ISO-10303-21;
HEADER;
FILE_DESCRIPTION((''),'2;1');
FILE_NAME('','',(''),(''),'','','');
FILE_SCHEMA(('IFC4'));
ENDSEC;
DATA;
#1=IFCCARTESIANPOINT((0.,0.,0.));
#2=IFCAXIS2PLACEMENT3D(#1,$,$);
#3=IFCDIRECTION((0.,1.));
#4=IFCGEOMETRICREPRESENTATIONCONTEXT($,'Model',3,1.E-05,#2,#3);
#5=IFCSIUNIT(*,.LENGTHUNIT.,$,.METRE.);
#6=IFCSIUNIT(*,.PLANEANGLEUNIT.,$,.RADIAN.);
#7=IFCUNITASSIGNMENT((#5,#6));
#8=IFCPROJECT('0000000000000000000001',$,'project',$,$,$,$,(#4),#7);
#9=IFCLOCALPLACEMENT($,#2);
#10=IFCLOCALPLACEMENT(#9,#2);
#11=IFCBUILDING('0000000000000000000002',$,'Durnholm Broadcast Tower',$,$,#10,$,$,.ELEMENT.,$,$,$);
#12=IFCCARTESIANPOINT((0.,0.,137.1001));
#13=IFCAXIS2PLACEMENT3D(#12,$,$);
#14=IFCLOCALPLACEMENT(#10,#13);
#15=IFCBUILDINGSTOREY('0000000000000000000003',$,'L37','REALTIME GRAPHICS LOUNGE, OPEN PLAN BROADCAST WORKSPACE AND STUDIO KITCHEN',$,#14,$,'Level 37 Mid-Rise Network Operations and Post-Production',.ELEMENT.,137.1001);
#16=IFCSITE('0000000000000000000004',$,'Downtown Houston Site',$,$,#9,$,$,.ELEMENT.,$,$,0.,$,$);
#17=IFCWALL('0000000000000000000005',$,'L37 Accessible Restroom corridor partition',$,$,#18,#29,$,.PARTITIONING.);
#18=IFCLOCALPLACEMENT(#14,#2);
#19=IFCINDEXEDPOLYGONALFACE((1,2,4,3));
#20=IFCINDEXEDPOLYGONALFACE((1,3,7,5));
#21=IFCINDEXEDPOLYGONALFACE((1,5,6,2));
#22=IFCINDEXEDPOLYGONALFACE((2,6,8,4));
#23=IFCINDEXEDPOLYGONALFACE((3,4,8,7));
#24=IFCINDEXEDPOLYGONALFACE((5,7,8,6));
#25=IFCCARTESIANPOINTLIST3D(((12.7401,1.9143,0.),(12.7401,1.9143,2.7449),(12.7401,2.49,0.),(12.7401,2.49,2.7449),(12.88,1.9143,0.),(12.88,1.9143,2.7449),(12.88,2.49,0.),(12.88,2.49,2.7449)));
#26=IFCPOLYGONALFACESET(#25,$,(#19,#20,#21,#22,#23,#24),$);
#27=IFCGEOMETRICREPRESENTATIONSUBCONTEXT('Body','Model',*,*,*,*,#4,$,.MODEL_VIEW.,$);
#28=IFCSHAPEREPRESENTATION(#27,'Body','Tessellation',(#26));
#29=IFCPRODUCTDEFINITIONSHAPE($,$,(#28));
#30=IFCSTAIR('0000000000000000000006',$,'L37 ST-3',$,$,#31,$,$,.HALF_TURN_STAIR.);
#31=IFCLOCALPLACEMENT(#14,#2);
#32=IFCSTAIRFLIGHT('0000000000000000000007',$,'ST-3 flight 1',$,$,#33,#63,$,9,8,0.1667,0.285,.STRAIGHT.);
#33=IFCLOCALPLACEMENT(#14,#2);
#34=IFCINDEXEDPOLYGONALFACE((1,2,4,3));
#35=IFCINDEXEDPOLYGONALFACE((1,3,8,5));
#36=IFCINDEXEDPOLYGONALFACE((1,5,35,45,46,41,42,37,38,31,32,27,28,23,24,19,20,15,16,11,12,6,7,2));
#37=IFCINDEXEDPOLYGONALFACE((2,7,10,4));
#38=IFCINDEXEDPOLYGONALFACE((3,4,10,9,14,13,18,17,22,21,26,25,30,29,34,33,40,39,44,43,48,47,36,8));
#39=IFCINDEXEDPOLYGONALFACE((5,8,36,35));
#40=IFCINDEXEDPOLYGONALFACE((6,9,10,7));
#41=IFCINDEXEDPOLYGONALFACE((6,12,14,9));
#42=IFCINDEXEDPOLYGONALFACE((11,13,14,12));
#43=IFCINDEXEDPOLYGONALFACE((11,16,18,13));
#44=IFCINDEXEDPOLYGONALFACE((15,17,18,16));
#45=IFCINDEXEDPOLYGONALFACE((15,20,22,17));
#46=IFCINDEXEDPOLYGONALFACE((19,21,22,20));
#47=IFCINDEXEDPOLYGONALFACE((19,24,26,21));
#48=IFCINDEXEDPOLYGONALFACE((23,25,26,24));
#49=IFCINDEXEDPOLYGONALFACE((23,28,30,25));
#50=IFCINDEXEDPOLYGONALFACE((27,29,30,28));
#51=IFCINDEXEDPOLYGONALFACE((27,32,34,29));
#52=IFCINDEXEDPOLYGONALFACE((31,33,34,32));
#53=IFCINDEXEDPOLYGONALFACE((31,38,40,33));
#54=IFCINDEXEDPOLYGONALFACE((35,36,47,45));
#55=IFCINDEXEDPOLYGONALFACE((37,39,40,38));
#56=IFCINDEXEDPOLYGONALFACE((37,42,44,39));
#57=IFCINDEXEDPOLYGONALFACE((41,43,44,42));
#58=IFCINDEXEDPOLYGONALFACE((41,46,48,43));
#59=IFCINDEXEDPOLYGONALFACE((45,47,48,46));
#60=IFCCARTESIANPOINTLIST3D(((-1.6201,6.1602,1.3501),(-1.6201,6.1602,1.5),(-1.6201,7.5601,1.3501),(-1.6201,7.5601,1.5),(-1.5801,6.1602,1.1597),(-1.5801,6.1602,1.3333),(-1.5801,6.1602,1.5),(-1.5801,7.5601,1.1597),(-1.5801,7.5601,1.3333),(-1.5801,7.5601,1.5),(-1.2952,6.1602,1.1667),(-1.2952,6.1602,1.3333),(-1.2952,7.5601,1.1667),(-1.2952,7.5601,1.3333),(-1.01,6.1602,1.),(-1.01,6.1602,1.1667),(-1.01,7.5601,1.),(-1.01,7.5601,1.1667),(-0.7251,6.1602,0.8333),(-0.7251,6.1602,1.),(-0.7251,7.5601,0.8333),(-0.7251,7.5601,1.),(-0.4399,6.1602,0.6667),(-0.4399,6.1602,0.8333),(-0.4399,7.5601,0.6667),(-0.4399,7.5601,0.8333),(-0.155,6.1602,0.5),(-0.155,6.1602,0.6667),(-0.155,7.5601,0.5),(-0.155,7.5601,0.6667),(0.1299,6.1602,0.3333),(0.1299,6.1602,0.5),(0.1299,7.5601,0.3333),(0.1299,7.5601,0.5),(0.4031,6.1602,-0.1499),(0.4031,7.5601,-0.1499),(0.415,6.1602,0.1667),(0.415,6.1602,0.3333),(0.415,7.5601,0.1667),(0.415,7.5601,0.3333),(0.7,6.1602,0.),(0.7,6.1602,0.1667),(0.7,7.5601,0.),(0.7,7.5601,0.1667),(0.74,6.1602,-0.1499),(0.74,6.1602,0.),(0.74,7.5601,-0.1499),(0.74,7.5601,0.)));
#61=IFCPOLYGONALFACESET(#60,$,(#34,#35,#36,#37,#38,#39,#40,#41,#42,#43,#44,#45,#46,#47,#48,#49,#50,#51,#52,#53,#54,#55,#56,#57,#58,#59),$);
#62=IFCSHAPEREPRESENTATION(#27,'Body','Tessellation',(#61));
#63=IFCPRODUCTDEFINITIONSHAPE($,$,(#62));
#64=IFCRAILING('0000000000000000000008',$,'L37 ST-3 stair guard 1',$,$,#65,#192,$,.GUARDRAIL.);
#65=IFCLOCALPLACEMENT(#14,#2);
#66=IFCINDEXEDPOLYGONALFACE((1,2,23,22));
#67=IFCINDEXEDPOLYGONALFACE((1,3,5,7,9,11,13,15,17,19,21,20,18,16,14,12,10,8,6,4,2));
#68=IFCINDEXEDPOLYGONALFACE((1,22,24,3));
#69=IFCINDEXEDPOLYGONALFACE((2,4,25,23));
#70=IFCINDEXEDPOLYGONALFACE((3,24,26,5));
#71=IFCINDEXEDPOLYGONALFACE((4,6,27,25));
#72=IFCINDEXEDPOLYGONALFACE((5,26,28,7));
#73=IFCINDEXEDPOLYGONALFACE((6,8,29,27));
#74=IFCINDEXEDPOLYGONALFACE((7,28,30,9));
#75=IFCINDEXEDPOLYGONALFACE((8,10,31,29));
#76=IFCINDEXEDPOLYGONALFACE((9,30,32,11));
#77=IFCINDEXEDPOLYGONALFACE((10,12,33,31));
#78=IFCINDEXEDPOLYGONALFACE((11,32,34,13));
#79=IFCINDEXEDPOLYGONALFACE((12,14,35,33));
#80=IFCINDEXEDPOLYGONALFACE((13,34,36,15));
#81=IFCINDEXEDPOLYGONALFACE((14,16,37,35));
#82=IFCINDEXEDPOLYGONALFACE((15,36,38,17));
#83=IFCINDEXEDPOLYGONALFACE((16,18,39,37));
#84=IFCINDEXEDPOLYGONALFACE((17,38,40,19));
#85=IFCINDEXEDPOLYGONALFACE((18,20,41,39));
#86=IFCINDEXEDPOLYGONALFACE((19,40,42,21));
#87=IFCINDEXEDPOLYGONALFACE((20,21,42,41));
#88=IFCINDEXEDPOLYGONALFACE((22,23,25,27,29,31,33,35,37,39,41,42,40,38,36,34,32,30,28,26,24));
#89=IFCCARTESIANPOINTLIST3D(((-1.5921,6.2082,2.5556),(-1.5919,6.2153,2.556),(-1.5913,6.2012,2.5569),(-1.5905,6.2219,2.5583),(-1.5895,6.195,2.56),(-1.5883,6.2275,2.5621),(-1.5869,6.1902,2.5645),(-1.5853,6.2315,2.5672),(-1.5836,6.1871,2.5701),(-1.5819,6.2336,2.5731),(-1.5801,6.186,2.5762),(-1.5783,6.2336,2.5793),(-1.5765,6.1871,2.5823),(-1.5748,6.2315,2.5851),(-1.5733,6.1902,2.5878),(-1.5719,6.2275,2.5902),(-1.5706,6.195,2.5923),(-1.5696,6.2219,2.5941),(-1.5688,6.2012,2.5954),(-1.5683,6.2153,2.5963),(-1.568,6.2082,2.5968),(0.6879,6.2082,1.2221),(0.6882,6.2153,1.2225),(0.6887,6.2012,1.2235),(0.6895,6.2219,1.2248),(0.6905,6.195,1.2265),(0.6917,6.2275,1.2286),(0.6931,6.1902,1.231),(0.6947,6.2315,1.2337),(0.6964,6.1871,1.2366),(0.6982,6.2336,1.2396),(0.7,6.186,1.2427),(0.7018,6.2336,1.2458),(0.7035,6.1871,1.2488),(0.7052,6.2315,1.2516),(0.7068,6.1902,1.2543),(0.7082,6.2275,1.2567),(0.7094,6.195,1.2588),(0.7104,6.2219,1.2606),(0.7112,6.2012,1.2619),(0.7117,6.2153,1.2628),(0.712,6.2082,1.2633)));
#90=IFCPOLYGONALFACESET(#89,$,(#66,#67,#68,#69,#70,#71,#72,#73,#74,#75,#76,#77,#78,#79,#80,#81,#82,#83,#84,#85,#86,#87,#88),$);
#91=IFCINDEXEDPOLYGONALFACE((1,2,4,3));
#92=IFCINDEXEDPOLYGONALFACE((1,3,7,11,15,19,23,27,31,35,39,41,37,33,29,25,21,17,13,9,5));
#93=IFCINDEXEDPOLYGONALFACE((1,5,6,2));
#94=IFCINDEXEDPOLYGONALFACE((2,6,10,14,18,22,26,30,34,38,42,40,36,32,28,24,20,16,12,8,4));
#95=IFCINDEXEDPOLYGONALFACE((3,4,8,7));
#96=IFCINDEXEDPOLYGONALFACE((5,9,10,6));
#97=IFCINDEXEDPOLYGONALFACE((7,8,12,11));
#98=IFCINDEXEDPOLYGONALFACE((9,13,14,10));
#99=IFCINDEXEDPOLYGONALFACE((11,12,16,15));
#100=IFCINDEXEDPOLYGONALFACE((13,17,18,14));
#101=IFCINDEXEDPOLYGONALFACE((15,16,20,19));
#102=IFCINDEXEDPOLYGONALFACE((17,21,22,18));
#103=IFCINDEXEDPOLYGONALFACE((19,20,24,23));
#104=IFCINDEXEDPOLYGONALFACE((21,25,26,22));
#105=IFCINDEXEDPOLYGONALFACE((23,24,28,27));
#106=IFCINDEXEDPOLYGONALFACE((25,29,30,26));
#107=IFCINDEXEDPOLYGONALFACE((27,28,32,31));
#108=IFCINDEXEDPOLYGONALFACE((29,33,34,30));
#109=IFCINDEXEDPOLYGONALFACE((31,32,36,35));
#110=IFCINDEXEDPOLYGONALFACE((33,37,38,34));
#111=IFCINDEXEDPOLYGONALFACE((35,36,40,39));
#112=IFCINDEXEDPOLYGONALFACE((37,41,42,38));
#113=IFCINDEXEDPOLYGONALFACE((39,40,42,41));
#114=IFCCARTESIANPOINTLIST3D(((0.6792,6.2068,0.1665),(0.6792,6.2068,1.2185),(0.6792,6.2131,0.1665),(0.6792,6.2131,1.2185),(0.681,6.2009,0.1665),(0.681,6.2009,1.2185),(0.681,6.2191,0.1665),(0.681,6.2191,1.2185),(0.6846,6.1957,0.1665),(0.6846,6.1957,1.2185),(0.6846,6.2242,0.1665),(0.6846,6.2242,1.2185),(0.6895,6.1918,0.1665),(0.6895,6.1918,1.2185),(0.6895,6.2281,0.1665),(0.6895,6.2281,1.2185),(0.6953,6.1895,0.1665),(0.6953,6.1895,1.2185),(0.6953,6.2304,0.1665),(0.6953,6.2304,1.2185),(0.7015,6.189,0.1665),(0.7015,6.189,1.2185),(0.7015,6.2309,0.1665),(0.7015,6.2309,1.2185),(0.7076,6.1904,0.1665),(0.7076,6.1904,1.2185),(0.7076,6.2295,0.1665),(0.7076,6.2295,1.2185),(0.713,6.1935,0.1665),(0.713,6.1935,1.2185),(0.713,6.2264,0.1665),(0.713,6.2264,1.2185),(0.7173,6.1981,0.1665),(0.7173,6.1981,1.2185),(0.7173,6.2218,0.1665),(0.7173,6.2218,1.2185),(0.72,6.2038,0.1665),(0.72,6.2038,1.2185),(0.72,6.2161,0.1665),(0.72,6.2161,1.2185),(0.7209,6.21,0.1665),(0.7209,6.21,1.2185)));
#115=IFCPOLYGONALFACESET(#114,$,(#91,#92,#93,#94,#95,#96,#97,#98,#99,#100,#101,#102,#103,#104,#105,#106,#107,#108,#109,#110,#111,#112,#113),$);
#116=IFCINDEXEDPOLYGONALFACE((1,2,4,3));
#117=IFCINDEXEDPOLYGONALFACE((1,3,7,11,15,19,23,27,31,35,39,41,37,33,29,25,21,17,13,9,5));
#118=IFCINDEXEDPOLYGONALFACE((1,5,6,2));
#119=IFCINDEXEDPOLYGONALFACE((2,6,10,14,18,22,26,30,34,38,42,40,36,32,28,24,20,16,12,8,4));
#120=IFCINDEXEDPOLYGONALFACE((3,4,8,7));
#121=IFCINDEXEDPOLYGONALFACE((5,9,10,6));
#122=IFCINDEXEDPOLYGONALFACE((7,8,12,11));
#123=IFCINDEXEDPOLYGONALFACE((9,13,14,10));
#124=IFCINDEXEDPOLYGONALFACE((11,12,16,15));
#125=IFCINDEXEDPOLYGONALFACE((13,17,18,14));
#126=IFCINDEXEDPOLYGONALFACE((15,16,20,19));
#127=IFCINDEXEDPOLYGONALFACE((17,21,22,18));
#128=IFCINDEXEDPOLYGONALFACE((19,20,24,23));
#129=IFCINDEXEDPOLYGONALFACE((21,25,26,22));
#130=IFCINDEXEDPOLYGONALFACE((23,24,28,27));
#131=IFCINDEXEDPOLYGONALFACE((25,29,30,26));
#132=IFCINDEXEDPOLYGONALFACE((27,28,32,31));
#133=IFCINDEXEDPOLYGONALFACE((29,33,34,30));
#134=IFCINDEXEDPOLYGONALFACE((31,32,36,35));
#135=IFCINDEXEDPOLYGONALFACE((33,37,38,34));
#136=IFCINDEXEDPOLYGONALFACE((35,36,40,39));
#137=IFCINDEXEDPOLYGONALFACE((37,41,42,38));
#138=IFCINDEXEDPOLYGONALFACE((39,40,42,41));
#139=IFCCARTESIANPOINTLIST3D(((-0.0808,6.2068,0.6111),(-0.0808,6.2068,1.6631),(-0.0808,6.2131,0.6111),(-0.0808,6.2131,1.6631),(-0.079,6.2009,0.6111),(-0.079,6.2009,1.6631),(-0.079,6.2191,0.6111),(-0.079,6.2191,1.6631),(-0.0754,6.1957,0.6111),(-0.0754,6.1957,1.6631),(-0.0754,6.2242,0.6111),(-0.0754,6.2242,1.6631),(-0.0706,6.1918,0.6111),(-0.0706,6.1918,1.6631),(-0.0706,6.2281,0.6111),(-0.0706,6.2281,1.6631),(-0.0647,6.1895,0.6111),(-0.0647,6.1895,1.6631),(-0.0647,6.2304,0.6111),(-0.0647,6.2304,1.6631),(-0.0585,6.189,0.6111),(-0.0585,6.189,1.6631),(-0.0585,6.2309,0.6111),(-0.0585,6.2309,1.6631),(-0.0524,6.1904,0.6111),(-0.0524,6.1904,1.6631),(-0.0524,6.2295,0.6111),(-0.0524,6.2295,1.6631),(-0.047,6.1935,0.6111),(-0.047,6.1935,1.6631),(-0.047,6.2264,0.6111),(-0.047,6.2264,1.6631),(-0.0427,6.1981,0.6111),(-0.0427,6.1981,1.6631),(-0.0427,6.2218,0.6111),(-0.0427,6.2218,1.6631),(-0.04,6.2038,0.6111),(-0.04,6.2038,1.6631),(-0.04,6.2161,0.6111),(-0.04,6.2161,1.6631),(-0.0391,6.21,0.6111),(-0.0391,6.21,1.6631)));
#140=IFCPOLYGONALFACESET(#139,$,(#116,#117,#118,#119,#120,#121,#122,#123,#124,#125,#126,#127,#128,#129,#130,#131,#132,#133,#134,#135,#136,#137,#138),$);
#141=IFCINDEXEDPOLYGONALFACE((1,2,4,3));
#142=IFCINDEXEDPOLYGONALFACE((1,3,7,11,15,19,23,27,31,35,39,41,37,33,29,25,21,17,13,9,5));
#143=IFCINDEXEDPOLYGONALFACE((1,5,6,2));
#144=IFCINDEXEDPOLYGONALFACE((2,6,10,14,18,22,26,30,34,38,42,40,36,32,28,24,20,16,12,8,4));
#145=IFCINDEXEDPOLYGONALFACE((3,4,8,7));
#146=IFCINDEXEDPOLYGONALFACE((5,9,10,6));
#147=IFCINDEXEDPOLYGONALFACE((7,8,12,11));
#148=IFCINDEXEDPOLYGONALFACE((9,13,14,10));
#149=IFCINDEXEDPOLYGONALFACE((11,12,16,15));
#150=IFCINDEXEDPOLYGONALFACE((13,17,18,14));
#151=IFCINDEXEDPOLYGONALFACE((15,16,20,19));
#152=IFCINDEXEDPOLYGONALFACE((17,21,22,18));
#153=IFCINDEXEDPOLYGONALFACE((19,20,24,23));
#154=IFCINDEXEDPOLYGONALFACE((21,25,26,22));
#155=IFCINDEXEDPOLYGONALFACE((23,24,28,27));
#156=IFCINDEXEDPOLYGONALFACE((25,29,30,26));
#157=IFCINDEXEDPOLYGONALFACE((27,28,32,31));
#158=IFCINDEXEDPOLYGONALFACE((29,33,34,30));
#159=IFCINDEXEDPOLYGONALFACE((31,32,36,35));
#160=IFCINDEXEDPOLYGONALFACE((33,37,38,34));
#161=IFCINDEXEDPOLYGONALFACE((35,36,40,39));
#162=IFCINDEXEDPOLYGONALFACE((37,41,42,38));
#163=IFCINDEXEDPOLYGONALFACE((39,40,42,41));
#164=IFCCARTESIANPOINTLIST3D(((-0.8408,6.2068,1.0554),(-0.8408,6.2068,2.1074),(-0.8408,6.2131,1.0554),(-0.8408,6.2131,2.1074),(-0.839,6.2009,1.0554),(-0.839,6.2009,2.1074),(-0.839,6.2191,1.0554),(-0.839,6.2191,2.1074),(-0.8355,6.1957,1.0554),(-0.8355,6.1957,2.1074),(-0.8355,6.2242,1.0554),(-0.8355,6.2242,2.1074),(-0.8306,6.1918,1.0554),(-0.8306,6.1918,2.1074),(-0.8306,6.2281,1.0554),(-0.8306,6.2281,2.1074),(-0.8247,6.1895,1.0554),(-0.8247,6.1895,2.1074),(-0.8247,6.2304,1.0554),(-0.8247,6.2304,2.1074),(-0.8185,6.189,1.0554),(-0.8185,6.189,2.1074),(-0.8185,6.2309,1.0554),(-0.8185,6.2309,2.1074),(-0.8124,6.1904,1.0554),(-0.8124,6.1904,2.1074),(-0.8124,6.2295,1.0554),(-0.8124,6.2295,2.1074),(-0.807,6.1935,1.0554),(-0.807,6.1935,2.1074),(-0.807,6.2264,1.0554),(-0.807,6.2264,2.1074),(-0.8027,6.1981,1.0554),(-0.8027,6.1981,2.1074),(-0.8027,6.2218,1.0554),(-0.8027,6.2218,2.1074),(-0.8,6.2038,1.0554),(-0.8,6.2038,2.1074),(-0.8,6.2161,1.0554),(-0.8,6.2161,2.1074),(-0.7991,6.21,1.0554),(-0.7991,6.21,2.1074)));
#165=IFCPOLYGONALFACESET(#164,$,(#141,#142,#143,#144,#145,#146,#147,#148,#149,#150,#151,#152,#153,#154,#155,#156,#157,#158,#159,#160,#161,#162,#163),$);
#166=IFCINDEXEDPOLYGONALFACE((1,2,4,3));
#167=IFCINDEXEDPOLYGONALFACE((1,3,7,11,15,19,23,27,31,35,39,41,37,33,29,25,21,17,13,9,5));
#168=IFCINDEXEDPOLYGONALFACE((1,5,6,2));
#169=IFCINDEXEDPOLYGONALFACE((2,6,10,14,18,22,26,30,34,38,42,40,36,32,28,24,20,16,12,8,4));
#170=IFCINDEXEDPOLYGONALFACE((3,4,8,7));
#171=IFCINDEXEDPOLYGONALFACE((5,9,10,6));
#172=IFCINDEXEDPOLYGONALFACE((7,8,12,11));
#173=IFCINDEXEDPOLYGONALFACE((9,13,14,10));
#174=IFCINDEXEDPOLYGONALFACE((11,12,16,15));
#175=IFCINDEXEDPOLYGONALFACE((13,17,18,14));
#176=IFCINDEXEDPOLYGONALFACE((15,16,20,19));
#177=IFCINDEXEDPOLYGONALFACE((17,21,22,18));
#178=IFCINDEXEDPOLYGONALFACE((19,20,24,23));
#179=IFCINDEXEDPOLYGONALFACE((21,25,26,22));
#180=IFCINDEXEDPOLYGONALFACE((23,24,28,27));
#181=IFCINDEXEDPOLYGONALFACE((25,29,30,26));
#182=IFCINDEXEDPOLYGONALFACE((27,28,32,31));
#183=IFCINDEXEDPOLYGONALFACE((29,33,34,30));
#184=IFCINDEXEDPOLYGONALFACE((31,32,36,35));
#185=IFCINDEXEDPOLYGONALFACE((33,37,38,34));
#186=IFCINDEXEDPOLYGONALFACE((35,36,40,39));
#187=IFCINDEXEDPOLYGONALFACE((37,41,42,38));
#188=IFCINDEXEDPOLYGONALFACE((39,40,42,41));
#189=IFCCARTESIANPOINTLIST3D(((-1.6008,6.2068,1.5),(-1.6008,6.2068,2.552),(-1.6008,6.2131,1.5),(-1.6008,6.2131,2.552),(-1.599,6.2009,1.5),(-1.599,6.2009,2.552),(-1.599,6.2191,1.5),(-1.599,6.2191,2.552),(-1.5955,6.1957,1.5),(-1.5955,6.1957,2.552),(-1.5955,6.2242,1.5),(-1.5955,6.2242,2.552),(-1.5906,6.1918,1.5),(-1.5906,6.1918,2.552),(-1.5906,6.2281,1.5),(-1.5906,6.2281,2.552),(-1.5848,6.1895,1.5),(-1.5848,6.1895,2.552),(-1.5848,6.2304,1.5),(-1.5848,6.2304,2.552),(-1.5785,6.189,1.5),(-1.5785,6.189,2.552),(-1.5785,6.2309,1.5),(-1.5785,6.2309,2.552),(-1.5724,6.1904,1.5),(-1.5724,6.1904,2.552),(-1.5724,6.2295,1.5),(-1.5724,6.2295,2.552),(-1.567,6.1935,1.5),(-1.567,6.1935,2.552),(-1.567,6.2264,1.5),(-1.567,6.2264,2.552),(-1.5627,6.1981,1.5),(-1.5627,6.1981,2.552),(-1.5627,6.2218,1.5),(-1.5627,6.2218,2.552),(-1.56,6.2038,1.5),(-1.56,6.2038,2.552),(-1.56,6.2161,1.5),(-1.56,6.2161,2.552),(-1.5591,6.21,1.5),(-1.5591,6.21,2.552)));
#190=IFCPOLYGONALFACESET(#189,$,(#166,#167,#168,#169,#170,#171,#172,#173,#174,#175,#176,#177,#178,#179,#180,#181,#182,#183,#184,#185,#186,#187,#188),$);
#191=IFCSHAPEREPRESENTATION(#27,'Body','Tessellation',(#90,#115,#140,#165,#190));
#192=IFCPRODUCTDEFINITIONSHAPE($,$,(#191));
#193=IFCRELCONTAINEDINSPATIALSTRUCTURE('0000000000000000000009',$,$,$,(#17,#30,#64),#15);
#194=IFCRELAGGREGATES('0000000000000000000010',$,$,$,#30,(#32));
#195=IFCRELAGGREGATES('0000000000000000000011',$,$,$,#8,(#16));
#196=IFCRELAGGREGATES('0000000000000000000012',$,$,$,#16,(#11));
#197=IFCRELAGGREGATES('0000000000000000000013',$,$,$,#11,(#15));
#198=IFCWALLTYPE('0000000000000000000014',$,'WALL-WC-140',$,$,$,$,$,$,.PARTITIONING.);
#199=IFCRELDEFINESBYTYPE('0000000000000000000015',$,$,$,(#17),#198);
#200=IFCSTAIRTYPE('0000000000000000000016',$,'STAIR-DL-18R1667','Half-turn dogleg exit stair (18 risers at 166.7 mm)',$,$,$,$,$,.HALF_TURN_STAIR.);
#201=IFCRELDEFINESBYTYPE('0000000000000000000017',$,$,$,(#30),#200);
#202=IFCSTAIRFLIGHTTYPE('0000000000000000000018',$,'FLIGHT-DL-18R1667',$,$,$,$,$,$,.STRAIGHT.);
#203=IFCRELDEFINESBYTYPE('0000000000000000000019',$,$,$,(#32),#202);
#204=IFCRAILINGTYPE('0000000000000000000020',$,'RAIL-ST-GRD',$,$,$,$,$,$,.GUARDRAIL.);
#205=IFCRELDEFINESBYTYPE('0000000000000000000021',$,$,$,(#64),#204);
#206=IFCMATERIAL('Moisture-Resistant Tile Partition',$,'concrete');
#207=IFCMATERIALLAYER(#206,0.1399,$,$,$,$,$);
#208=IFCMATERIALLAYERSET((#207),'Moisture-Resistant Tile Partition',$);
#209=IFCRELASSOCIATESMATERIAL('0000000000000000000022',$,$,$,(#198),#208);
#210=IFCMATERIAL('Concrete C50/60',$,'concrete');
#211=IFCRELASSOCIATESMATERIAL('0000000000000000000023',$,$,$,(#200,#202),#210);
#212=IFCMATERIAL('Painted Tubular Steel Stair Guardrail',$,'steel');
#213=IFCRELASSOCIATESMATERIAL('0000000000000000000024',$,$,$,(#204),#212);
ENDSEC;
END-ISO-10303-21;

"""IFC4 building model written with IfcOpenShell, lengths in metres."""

from ifc_helpers import new_model, si_unit, direction, frame, frame_2d, origin, origin_2d, place, context, subcontext, project, spatial, polyline, rectangle, circle, outline, extrude, material, layer, layer_set, type_object, element, aggregate, save


model = new_model("IFC4")

# Units and contexts
model_context = context("Model", 3, precision=1e-05, world=origin(), true_north=direction((0.0, 1.0)))
body_context = subcontext(model_context, "Body", "Model", "MODEL_VIEW")
ifc_project = project(units=[si_unit("LENGTHUNIT", "METRE"), si_unit("PLANEANGLEUNIT", "RADIAN")], contexts=[model_context])

# Site, building, storey
site_placement = place(None, origin())
site = spatial("IfcSite", under=ifc_project, at=site_placement, Name="Downtown Houston Site", CompositionType="ELEMENT", RefElevation=0.0)
building_placement = place(site_placement, origin())
building = spatial("IfcBuilding", under=site, at=building_placement, Name="Durnholm Broadcast Tower", CompositionType="ELEMENT")
storey_placement = place(building_placement, frame((0.0, 0.0, 137.1001)))
storey = spatial("IfcBuildingStorey", under=building, at=storey_placement, Name="L37", Description="REALTIME GRAPHICS LOUNGE, OPEN PLAN BROADCAST WORKSPACE AND STUDIO KITCHEN", LongName="Level 37 Mid-Rise Network Operations and Post-Production", CompositionType="ELEMENT", Elevation=137.1001)

# Wall
ifc_material_1 = material(Name="Concrete C50/60", Category="concrete")
ifc_material_2 = material(Name="Moisture-Resistant Tile Partition", Category="concrete")
ifc_layer_1 = layer(ifc_material_2, 0.1399)
ifc_layer_set_1 = layer_set([ifc_layer_1], Name="Moisture-Resistant Tile Partition")
wall_type_1 = type_object("IfcWallType", Name="WALL-WC-140", PredefinedType="PARTITIONING", material=ifc_layer_set_1)
wall_1_placement = place(storey_placement, frame((12.8101, 1.9143, 0.0), z_axis=(0.0, 0.0, 1.0), x_axis=(0.0, 1.0, 0.0)))
element("IfcWall", 1, at=wall_1_placement, inside=storey, type_object=wall_type_1, Name="L37 Accessible Restroom corridor partition", PredefinedType="PARTITIONING", context=body_context, shape_type="SweptSolid", body=[
    extrude(rectangle(XDim=0.5757, YDim=0.1399, at=frame_2d((0.2878, 0.0))), origin(), (0.0, 0.0, 1.0), 2.7449),
])

# Stair, stair flight
stair_type = type_object("IfcStairType", Name="STAIR-DL-18R1667", Description="Half-turn dogleg exit stair (18 risers at 166.7 mm)", PredefinedType="HALF_TURN_STAIR", material=ifc_material_1)
stair_placement = place(storey_placement, origin())
stair = element("IfcStair", 2, at=stair_placement, inside=storey, type_object=stair_type, Name="L37 ST-3", PredefinedType="HALF_TURN_STAIR")
stair_flight_type = type_object("IfcStairFlightType", Name="FLIGHT-DL-18R1667", PredefinedType="STRAIGHT", material=ifc_material_1)
stair_flight_placement = place(storey_placement, frame((0.7, 6.8601, 0.0), z_axis=(0.0, 0.0, 1.0), x_axis=(-1.0, 0.0, 0.0)))
stair_flight = element("IfcStairFlight", 3, at=stair_flight_placement, type_object=stair_flight_type, Name="ST-3 flight 1", NumberOfRisers=9, NumberOfTreads=8, PredefinedType="STRAIGHT", RiserHeight=0.1667, TreadLength=0.285, context=body_context, shape_type="SweptSolid", body=[
    extrude(outline(polyline([(-0.04, -0.1499), (-0.04, 0.0), (0.0, 0.0), (0.0, 0.1667), (0.2849, 0.1667), (0.2849, 0.3333), (0.5701, 0.3333), (0.5701, 0.5), (0.855, 0.5), (0.855, 0.6667), (1.1399, 0.6667), (1.1399, 0.8333), (1.425, 0.8333), (1.425, 1.0), (1.71, 1.0), (1.71, 1.1667), (1.9951, 1.1667), (1.9951, 1.3333), (2.28, 1.3333), (2.28, 1.5), (2.3201, 1.5), (2.3201, 1.3501), (2.28, 1.1597), (0.2969, -0.1499), (-0.04, -0.1499)])), frame((0.0, 0.7, 0.0), z_axis=(0.0, -1.0, 0.0), x_axis=(1.0, 0.0, 0.0)), (0.0, 0.0, 1.0), 1.3999),
])
aggregate(stair, [stair_flight])

# Railing
ifc_material_3 = material(Name="Painted Tubular Steel Stair Guardrail", Category="steel")
railing_type_1 = type_object("IfcRailingType", Name="RAIL-ST-GRD", PredefinedType="GUARDRAIL", material=ifc_material_3)
railing_1_placement = place(storey_placement, frame((0.7, 6.21, 0.1665)))
element("IfcRailing", 4, at=railing_1_placement, inside=storey, type_object=railing_type_1, Name="L37 ST-3 stair guard 1", PredefinedType="GUARDRAIL", context=body_context, shape_type="SweptSolid", body=[
    extrude(circle(Radius=0.0239, at=origin_2d()), frame((0.0, 0.0, 1.0762), z_axis=(-0.863205, 0.0, 0.504853), x_axis=(0.0, -1.0, 0.0)), (0.0, 0.0, 1.0), 2.6414),
    extrude(circle(Radius=0.021, at=origin_2d()), origin(), (0.0, 0.0, 1.0), 1.052),
    extrude(circle(Radius=0.021, at=origin_2d()), frame((-0.76, 0.0, 0.4446)), (0.0, 0.0, 1.0), 1.052),
    extrude(circle(Radius=0.021, at=origin_2d()), frame((-1.52, 0.0, 0.8889)), (0.0, 0.0, 1.0), 1.052),
    extrude(circle(Radius=0.021, at=origin_2d()), frame((-2.28, 0.0, 1.3335)), (0.0, 0.0, 1.0), 1.052),
])

save(model, "model.ifc")
